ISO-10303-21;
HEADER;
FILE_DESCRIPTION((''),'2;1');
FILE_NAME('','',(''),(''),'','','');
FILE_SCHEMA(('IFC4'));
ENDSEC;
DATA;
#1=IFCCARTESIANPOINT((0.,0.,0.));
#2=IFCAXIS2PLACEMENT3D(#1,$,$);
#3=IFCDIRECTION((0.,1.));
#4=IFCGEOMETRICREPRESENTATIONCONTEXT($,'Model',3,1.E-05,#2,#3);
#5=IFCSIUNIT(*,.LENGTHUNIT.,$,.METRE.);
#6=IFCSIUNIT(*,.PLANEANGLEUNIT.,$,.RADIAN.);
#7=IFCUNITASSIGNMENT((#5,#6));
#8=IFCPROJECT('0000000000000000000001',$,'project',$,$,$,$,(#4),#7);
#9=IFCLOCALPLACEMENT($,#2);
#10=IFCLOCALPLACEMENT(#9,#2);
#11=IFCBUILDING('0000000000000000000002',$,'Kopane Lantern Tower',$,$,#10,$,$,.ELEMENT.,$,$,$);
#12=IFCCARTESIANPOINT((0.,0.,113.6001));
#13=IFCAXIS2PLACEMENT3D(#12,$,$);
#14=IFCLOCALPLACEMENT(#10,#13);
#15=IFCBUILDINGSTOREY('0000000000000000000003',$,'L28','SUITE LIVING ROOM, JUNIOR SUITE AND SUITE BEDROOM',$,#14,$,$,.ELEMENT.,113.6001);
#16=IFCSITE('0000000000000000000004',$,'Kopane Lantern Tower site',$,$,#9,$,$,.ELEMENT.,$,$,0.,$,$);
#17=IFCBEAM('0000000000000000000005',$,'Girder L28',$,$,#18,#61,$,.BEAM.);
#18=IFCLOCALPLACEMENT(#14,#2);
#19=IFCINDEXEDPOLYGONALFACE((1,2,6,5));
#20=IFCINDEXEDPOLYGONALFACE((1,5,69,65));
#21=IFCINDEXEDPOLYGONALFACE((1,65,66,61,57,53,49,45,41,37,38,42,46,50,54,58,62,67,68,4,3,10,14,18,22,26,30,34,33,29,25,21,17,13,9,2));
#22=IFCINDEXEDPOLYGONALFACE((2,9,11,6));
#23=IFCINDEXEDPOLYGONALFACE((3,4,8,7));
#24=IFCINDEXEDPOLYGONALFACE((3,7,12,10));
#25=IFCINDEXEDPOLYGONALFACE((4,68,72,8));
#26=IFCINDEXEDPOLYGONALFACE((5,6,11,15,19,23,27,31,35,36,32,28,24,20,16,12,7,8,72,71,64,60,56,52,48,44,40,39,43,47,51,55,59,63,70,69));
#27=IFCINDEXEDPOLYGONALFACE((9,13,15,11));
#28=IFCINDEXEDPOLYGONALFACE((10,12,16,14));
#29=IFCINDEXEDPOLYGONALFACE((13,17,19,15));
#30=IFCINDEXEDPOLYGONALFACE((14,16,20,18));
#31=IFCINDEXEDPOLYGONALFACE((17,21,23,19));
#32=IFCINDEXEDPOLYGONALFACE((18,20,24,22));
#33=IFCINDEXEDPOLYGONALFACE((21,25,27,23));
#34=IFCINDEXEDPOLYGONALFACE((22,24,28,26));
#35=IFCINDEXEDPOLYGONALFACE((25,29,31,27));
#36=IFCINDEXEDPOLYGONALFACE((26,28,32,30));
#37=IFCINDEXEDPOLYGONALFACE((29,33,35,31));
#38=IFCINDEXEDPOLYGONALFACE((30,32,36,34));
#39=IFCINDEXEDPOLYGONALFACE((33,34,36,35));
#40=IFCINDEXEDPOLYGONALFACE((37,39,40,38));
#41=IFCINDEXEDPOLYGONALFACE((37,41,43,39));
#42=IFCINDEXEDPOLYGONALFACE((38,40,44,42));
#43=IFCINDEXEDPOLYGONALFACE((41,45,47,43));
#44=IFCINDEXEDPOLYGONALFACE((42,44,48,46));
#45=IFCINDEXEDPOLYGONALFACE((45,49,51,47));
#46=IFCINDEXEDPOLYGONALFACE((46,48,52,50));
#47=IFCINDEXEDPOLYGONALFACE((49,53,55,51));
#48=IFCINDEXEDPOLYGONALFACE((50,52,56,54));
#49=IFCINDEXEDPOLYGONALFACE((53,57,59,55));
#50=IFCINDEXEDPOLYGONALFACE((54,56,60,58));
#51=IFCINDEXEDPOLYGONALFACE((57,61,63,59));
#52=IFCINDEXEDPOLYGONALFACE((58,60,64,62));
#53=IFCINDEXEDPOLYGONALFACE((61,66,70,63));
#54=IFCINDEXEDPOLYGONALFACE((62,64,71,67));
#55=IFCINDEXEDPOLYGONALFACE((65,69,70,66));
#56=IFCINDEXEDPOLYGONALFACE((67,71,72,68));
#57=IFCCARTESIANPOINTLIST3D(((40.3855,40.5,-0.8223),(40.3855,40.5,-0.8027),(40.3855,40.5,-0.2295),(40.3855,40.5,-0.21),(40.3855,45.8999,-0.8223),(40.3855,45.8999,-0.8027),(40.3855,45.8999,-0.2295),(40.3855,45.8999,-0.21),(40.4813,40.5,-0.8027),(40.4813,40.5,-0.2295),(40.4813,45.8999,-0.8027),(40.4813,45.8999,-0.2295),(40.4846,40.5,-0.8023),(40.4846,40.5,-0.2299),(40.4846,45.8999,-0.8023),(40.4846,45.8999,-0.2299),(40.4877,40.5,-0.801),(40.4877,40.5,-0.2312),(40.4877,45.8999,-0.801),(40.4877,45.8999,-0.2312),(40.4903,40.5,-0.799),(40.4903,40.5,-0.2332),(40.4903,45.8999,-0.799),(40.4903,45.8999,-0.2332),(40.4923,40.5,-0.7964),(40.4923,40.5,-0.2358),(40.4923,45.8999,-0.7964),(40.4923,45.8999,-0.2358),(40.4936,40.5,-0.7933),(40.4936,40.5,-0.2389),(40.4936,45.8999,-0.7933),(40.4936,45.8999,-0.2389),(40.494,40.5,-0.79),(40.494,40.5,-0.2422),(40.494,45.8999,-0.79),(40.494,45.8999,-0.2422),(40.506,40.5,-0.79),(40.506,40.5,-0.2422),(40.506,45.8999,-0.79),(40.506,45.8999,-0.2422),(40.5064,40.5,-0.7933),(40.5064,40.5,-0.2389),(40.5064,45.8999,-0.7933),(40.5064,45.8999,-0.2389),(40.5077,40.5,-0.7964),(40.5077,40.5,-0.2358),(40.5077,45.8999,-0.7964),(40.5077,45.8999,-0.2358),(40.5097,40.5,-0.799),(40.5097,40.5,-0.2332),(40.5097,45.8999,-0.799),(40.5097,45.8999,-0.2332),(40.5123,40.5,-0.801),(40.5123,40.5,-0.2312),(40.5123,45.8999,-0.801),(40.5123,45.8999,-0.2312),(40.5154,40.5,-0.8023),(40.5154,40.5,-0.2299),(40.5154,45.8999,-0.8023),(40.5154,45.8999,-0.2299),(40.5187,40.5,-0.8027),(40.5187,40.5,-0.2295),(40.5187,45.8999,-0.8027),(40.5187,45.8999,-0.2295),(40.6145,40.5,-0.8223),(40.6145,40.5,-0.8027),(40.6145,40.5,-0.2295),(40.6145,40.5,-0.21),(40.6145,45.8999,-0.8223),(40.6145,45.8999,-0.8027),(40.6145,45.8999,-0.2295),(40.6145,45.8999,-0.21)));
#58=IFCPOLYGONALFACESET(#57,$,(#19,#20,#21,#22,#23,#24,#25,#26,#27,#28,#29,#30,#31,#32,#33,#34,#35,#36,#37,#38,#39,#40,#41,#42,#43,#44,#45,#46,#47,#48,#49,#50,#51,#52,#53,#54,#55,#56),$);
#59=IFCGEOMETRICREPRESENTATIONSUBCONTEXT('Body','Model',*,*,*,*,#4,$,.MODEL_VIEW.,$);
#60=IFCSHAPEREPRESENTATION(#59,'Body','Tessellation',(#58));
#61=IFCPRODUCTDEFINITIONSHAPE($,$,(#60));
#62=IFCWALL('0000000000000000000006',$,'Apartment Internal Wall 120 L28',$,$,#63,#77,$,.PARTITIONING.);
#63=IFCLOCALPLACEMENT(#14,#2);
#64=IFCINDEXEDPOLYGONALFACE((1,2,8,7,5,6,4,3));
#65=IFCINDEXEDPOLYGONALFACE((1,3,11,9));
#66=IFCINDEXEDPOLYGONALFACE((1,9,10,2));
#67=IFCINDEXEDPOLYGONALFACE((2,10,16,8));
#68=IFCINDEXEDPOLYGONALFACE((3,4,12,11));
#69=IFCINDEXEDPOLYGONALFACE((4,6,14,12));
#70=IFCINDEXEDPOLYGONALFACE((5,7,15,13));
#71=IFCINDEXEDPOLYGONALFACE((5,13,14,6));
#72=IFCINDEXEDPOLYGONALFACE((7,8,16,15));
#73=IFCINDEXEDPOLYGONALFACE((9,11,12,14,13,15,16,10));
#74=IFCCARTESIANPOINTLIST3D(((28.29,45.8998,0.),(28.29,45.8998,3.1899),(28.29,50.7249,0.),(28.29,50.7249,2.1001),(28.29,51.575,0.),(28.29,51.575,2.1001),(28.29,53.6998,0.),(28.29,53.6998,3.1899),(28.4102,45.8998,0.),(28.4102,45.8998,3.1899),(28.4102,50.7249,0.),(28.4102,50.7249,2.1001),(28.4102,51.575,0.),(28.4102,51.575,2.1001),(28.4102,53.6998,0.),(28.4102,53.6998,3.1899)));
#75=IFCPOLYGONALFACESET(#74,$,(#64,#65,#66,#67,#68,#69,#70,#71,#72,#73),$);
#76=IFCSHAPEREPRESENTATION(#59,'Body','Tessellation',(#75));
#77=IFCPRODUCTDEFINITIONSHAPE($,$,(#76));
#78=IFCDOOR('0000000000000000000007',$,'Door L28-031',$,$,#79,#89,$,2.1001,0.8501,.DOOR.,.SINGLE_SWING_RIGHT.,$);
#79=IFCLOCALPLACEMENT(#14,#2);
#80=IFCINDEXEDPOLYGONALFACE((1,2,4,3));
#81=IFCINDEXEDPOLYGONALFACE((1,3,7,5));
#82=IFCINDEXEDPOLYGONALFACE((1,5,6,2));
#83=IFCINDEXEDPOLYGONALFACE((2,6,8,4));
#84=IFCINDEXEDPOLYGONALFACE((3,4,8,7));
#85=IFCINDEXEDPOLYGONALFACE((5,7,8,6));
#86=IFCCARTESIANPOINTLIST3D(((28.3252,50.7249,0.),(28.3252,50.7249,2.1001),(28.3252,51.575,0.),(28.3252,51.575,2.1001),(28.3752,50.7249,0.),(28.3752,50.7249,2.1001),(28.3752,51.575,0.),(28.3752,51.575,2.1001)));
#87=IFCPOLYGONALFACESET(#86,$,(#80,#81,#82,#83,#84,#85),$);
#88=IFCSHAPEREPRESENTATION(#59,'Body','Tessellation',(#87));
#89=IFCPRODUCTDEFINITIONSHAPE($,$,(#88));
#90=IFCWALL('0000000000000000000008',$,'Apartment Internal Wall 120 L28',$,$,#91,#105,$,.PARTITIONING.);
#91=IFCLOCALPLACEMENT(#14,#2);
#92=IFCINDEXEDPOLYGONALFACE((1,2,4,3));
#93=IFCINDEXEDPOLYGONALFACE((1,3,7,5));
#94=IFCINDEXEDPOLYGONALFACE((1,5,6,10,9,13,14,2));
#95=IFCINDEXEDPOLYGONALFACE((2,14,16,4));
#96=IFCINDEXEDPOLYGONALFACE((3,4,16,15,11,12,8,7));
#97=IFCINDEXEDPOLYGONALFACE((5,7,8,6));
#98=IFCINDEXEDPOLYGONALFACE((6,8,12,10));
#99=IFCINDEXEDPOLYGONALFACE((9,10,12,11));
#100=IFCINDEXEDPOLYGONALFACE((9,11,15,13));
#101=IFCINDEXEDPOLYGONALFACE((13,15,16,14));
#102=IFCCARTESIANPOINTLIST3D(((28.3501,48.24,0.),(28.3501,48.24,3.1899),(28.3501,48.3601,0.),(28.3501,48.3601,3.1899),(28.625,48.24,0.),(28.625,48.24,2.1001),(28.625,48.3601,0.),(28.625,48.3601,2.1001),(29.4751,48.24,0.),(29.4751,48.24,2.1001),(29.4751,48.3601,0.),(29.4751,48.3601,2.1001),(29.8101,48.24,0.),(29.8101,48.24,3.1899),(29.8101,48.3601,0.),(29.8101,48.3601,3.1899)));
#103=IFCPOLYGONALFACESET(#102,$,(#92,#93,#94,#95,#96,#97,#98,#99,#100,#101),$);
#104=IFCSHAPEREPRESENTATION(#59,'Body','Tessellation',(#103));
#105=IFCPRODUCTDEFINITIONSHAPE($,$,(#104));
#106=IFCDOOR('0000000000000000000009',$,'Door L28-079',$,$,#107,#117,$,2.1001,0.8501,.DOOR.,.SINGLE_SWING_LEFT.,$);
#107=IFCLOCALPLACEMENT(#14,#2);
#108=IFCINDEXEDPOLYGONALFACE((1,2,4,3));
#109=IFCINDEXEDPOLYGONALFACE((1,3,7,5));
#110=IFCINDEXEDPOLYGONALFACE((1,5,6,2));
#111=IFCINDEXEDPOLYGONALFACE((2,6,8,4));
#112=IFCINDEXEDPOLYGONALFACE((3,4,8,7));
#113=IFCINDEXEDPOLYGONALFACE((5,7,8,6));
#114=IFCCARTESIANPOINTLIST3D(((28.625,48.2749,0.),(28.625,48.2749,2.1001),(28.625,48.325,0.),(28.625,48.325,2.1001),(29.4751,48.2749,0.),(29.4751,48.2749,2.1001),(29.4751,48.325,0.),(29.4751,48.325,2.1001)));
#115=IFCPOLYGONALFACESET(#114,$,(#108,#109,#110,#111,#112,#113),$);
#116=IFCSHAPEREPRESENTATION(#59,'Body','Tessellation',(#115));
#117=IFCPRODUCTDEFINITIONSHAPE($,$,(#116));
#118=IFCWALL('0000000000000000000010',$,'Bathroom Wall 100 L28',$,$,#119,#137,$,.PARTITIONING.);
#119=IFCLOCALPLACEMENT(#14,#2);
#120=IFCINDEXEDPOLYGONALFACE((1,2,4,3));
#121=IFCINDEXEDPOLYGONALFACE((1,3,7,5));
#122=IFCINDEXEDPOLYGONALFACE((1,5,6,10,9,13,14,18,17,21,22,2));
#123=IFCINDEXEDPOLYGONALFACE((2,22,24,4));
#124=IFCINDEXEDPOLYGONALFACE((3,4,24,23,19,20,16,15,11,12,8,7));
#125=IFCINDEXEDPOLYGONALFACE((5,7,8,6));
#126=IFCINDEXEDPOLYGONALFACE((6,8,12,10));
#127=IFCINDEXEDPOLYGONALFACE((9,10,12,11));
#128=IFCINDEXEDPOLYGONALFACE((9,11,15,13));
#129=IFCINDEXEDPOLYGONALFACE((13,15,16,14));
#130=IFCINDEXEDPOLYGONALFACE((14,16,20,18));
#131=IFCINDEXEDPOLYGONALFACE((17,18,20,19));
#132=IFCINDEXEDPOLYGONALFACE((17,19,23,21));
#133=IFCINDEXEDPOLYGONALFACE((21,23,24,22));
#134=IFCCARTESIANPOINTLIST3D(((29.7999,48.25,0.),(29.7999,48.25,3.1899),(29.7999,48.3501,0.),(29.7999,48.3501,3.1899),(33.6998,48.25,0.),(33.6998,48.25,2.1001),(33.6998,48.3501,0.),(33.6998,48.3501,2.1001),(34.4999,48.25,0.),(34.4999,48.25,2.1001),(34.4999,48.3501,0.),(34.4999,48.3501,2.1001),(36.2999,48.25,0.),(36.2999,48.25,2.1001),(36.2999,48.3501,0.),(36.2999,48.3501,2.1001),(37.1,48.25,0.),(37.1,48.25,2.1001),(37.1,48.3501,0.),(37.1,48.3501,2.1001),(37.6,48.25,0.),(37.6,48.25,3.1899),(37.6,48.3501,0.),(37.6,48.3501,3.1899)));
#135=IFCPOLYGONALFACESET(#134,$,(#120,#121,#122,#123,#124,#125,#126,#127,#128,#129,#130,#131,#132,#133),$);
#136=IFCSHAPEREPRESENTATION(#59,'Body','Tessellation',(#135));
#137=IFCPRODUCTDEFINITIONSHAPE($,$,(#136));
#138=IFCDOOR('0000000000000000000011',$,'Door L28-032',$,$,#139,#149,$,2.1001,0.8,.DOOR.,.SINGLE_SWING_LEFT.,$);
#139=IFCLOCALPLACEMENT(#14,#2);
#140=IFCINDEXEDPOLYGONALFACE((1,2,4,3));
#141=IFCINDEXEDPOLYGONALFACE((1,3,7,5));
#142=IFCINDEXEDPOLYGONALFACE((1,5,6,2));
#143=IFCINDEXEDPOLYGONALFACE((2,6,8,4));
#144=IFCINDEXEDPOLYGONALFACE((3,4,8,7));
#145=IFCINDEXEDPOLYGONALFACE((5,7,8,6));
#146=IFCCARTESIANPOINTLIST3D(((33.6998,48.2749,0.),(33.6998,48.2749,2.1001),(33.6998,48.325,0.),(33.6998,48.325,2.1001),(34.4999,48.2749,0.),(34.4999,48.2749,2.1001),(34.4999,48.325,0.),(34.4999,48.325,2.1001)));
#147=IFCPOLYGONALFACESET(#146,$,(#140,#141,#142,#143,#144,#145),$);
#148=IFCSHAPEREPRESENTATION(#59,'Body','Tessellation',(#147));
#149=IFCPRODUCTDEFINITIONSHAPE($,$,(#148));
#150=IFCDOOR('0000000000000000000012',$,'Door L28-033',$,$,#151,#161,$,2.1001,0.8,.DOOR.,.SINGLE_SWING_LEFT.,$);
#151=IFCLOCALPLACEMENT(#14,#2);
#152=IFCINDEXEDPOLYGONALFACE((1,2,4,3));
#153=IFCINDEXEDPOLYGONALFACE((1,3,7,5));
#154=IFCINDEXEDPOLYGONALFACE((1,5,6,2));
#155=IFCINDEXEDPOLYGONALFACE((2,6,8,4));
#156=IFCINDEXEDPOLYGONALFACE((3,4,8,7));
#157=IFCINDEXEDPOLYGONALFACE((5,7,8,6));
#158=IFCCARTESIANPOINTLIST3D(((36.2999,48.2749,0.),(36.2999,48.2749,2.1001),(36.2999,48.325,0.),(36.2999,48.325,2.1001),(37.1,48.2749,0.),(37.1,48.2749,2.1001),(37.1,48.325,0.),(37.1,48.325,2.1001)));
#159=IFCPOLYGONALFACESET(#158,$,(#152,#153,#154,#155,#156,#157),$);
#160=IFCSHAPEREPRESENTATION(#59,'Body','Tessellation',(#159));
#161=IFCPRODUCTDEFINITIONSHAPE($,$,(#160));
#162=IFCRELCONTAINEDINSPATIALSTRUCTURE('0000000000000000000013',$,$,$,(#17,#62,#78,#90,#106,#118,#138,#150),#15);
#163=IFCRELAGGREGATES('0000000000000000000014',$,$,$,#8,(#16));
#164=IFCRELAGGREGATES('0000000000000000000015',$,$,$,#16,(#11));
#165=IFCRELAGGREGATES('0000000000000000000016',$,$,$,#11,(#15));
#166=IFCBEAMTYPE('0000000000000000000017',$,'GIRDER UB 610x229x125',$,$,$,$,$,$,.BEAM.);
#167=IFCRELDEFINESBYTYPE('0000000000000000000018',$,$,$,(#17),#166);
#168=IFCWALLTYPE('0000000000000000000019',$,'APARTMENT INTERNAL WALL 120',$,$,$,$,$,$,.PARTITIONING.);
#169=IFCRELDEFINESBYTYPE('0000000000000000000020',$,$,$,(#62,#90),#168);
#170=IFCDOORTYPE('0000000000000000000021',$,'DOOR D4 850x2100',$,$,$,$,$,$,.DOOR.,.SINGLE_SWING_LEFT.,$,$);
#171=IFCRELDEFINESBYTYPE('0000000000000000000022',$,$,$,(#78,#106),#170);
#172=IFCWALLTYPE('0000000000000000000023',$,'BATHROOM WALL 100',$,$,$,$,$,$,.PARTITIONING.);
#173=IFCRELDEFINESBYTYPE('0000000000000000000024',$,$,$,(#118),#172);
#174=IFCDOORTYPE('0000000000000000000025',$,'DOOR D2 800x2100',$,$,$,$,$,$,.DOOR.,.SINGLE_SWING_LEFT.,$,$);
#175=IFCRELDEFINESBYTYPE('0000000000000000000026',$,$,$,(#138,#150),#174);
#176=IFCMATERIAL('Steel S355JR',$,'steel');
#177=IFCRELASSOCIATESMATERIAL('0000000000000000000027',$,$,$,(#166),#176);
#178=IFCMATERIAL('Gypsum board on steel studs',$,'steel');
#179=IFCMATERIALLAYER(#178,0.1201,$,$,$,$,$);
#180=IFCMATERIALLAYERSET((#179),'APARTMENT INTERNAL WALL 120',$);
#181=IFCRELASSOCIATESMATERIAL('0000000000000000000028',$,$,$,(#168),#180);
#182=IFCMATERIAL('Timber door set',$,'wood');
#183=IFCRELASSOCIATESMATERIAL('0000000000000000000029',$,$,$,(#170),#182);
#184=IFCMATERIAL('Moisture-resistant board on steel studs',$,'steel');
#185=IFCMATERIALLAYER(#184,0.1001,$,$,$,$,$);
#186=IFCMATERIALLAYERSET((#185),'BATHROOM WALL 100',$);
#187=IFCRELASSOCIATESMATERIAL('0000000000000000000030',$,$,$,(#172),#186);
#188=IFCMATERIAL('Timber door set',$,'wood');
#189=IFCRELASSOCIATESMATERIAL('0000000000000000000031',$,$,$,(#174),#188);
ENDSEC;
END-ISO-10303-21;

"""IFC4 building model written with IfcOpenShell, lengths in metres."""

from ifc_helpers import new_model, si_unit, direction, frame, frame_2d, origin, origin_2d, place, context, subcontext, project, spatial, rectangle, i_section, extrude, material, layer, layer_set, material_profile, profile_set, type_object, element, fill, save


model = new_model("IFC4")

# Units and contexts
model_context = context("Model", 3, precision=1e-05, world=origin(), true_north=direction((0.0, 1.0)))
body_context = subcontext(model_context, "Body", "Model", "MODEL_VIEW")
ifc_project = project(units=[si_unit("LENGTHUNIT", "METRE"), si_unit("PLANEANGLEUNIT", "RADIAN")], contexts=[model_context])

# Site, building, storey
site_placement = place(None, origin())
site = spatial("IfcSite", under=ifc_project, at=site_placement, Name="Kopane Lantern Tower site", CompositionType="ELEMENT", RefElevation=0.0)
building_placement = place(site_placement, origin())
building = spatial("IfcBuilding", under=site, at=building_placement, Name="Kopane Lantern Tower", CompositionType="ELEMENT")
storey_placement = place(building_placement, frame((0.0, 0.0, 113.6001)))
storey = spatial("IfcBuildingStorey", under=building, at=storey_placement, Name="L28", Description="SUITE LIVING ROOM, JUNIOR SUITE AND SUITE BEDROOM", CompositionType="ELEMENT", Elevation=113.6001)

# Beam
ifc_material_1 = material(Name="Steel S355JR", Category="steel")
ifc_material_profile_1 = material_profile(ifc_material_1, i_section(OverallWidth=0.229, OverallDepth=0.6123, WebThickness=0.012, FlangeThickness=0.0195, FilletRadius=0.0127, at=origin_2d()), Name="UB 610x229x125")
ifc_profile_set_1 = profile_set([ifc_material_profile_1], Name="Steel S355JR")
beam_type = type_object("IfcBeamType", Name="GIRDER UB 610x229x125", PredefinedType="BEAM", material=ifc_profile_set_1)
beam_1_placement = place(storey_placement, frame((40.5, 40.5, -0.5161), z_axis=(0.0, 1.0, 0.0), x_axis=(-1.0, 0.0, 0.0)))
element("IfcBeam", 1, at=beam_1_placement, inside=storey, type_object=beam_type, Name="Girder L28", PredefinedType="BEAM", context=body_context, shape_type="SweptSolid", body=[
    extrude(i_section(OverallWidth=0.229, OverallDepth=0.6123, WebThickness=0.012, FlangeThickness=0.0195, FilletRadius=0.0127, at=origin_2d()), origin(), (0.0, 0.0, 1.0), 5.3999),
])

# Walls, openings, doors
ifc_material_2 = material(Name="Gypsum board on steel studs", Category="steel")
ifc_layer_1 = layer(ifc_material_2, 0.1201)
ifc_layer_set_1 = layer_set([ifc_layer_1], Name="APARTMENT INTERNAL WALL 120")
wall_type_1 = type_object("IfcWallType", Name="APARTMENT INTERNAL WALL 120", PredefinedType="PARTITIONING", material=ifc_layer_set_1)
wall_1_placement = place(storey_placement, frame((28.3501, 45.8999, 0.0), z_axis=(0.0, 0.0, 1.0), x_axis=(0.0, 1.0, 0.0)))
wall_1 = element("IfcWall", 2, at=wall_1_placement, inside=storey, type_object=wall_type_1, Name="Apartment Internal Wall 120 L28", PredefinedType="PARTITIONING", context=body_context, shape_type="SweptSolid", body=[
    extrude(rectangle(XDim=7.8, YDim=0.1201, at=frame_2d((3.8999, 0.0))), origin(), (0.0, 0.0, 1.0), 3.1899),
])
opening_1_placement = place(wall_1_placement, frame((4.825, 0.0, 0.0)))
opening_1 = element("IfcOpeningElement", 3, at=opening_1_placement, cuts=wall_1, PredefinedType="OPENING", context=body_context, shape_type="SweptSolid", body=[
    extrude(rectangle(XDim=0.8501, YDim=2.1001, at=frame_2d((0.425, 1.05))), frame((0.0, 0.0701, 0.0), z_axis=(0.0, -1.0, 0.0), x_axis=(1.0, 0.0, 0.0)), (0.0, 0.0, 1.0), 0.1401),
])
ifc_material_3 = material(Name="Timber door set", Category="wood")
door_type_1 = type_object("IfcDoorType", Name="DOOR D4 850x2100", OperationType="SINGLE_SWING_LEFT", PredefinedType="DOOR", material=ifc_material_3)
door_1_placement = place(opening_1_placement, origin())
door_1 = element("IfcDoor", 4, at=door_1_placement, inside=storey, type_object=door_type_1, Name="Door L28-031", OperationType="SINGLE_SWING_RIGHT", OverallHeight=2.1001, OverallWidth=0.8501, PredefinedType="DOOR", context=body_context, shape_type="SweptSolid", body=[
    extrude(rectangle(XDim=0.8501, YDim=2.1001, at=frame_2d((0.425, 1.05))), frame((0.0, 0.0249, 0.0), z_axis=(0.0, -1.0, 0.0), x_axis=(1.0, 0.0, 0.0)), (0.0, 0.0, 1.0), 0.05),
])
fill(opening_1, door_1)
wall_2_placement = place(storey_placement, frame((28.3501, 48.3, 0.0), z_axis=(0.0, 0.0, 1.0), x_axis=(1.0, 0.0, 0.0)))
wall_2 = element("IfcWall", 5, at=wall_2_placement, inside=storey, type_object=wall_type_1, Name="Apartment Internal Wall 120 L28", PredefinedType="PARTITIONING", context=body_context, shape_type="SweptSolid", body=[
    extrude(rectangle(XDim=1.46, YDim=0.1201, at=frame_2d((0.73, 0.0))), origin(), (0.0, 0.0, 1.0), 3.1899),
])
opening_2_placement = place(wall_2_placement, frame((0.2749, 0.0, 0.0)))
opening_2 = element("IfcOpeningElement", 6, at=opening_2_placement, cuts=wall_2, PredefinedType="OPENING", context=body_context, shape_type="SweptSolid", body=[
    extrude(rectangle(XDim=0.8501, YDim=2.1001, at=frame_2d((0.425, 1.05))), frame((0.0, 0.0701, 0.0), z_axis=(0.0, -1.0, 0.0), x_axis=(1.0, 0.0, 0.0)), (0.0, 0.0, 1.0), 0.1401),
])
door_2_placement = place(opening_2_placement, origin())
door_2 = element("IfcDoor", 7, at=door_2_placement, inside=storey, type_object=door_type_1, Name="Door L28-079", OperationType="SINGLE_SWING_LEFT", OverallHeight=2.1001, OverallWidth=0.8501, PredefinedType="DOOR", context=body_context, shape_type="SweptSolid", body=[
    extrude(rectangle(XDim=0.8501, YDim=2.1001, at=frame_2d((0.425, 1.05))), frame((0.0, 0.0249, 0.0), z_axis=(0.0, -1.0, 0.0), x_axis=(1.0, 0.0, 0.0)), (0.0, 0.0, 1.0), 0.05),
])
fill(opening_2, door_2)

# Wall, openings, doors
ifc_material_4 = material(Name="Moisture-resistant board on steel studs", Category="steel")
ifc_layer_2 = layer(ifc_material_4, 0.1001)
ifc_layer_set_2 = layer_set([ifc_layer_2], Name="BATHROOM WALL 100")
wall_type_2 = type_object("IfcWallType", Name="BATHROOM WALL 100", PredefinedType="PARTITIONING", material=ifc_layer_set_2)
wall_3_placement = place(storey_placement, frame((29.8, 48.3, 0.0), z_axis=(0.0, 0.0, 1.0), x_axis=(1.0, 0.0, 0.0)))
wall_3 = element("IfcWall", 8, at=wall_3_placement, inside=storey, type_object=wall_type_2, Name="Bathroom Wall 100 L28", PredefinedType="PARTITIONING", context=body_context, shape_type="SweptSolid", body=[
    extrude(rectangle(XDim=7.8, YDim=0.1001, at=frame_2d((3.8999, 0.0))), origin(), (0.0, 0.0, 1.0), 3.1899),
])
opening_3_placement = place(wall_3_placement, frame((3.8999, 0.0, 0.0)))
opening_3 = element("IfcOpeningElement", 9, at=opening_3_placement, cuts=wall_3, PredefinedType="OPENING", context=body_context, shape_type="SweptSolid", body=[
    extrude(rectangle(XDim=0.8, YDim=2.1001, at=frame_2d((0.3999, 1.05))), frame((0.0, 0.0601, 0.0), z_axis=(0.0, -1.0, 0.0), x_axis=(1.0, 0.0, 0.0)), (0.0, 0.0, 1.0), 0.1201),
])
opening_4_placement = place(wall_3_placement, frame((6.5, 0.0, 0.0)))
opening_4 = element("IfcOpeningElement", 10, at=opening_4_placement, cuts=wall_3, PredefinedType="OPENING", context=body_context, shape_type="SweptSolid", body=[
    extrude(rectangle(XDim=0.8, YDim=2.1001, at=frame_2d((0.3999, 1.05))), frame((0.0, 0.0601, 0.0), z_axis=(0.0, -1.0, 0.0), x_axis=(1.0, 0.0, 0.0)), (0.0, 0.0, 1.0), 0.1201),
])
ifc_material_5 = material(Name="Timber door set", Category="wood")
door_type_2 = type_object("IfcDoorType", Name="DOOR D2 800x2100", OperationType="SINGLE_SWING_LEFT", PredefinedType="DOOR", material=ifc_material_5)
door_3_placement = place(opening_3_placement, origin())
door_3 = element("IfcDoor", 11, at=door_3_placement, inside=storey, type_object=door_type_2, Name="Door L28-032", OperationType="SINGLE_SWING_LEFT", OverallHeight=2.1001, OverallWidth=0.8, PredefinedType="DOOR", context=body_context, shape_type="SweptSolid", body=[
    extrude(rectangle(XDim=0.8, YDim=2.1001, at=frame_2d((0.3999, 1.05))), frame((0.0, 0.0249, 0.0), z_axis=(0.0, -1.0, 0.0), x_axis=(1.0, 0.0, 0.0)), (0.0, 0.0, 1.0), 0.05),
])
fill(opening_3, door_3)
door_4_placement = place(opening_4_placement, origin())
door_4 = element("IfcDoor", 12, at=door_4_placement, inside=storey, type_object=door_type_2, Name="Door L28-033", OperationType="SINGLE_SWING_LEFT", OverallHeight=2.1001, OverallWidth=0.8, PredefinedType="DOOR", context=body_context, shape_type="SweptSolid", body=[
    extrude(rectangle(XDim=0.8, YDim=2.1001, at=frame_2d((0.3999, 1.05))), frame((0.0, 0.0249, 0.0), z_axis=(0.0, -1.0, 0.0), x_axis=(1.0, 0.0, 0.0)), (0.0, 0.0, 1.0), 0.05),
])
fill(opening_4, door_4)

save(model, "model.ifc")
